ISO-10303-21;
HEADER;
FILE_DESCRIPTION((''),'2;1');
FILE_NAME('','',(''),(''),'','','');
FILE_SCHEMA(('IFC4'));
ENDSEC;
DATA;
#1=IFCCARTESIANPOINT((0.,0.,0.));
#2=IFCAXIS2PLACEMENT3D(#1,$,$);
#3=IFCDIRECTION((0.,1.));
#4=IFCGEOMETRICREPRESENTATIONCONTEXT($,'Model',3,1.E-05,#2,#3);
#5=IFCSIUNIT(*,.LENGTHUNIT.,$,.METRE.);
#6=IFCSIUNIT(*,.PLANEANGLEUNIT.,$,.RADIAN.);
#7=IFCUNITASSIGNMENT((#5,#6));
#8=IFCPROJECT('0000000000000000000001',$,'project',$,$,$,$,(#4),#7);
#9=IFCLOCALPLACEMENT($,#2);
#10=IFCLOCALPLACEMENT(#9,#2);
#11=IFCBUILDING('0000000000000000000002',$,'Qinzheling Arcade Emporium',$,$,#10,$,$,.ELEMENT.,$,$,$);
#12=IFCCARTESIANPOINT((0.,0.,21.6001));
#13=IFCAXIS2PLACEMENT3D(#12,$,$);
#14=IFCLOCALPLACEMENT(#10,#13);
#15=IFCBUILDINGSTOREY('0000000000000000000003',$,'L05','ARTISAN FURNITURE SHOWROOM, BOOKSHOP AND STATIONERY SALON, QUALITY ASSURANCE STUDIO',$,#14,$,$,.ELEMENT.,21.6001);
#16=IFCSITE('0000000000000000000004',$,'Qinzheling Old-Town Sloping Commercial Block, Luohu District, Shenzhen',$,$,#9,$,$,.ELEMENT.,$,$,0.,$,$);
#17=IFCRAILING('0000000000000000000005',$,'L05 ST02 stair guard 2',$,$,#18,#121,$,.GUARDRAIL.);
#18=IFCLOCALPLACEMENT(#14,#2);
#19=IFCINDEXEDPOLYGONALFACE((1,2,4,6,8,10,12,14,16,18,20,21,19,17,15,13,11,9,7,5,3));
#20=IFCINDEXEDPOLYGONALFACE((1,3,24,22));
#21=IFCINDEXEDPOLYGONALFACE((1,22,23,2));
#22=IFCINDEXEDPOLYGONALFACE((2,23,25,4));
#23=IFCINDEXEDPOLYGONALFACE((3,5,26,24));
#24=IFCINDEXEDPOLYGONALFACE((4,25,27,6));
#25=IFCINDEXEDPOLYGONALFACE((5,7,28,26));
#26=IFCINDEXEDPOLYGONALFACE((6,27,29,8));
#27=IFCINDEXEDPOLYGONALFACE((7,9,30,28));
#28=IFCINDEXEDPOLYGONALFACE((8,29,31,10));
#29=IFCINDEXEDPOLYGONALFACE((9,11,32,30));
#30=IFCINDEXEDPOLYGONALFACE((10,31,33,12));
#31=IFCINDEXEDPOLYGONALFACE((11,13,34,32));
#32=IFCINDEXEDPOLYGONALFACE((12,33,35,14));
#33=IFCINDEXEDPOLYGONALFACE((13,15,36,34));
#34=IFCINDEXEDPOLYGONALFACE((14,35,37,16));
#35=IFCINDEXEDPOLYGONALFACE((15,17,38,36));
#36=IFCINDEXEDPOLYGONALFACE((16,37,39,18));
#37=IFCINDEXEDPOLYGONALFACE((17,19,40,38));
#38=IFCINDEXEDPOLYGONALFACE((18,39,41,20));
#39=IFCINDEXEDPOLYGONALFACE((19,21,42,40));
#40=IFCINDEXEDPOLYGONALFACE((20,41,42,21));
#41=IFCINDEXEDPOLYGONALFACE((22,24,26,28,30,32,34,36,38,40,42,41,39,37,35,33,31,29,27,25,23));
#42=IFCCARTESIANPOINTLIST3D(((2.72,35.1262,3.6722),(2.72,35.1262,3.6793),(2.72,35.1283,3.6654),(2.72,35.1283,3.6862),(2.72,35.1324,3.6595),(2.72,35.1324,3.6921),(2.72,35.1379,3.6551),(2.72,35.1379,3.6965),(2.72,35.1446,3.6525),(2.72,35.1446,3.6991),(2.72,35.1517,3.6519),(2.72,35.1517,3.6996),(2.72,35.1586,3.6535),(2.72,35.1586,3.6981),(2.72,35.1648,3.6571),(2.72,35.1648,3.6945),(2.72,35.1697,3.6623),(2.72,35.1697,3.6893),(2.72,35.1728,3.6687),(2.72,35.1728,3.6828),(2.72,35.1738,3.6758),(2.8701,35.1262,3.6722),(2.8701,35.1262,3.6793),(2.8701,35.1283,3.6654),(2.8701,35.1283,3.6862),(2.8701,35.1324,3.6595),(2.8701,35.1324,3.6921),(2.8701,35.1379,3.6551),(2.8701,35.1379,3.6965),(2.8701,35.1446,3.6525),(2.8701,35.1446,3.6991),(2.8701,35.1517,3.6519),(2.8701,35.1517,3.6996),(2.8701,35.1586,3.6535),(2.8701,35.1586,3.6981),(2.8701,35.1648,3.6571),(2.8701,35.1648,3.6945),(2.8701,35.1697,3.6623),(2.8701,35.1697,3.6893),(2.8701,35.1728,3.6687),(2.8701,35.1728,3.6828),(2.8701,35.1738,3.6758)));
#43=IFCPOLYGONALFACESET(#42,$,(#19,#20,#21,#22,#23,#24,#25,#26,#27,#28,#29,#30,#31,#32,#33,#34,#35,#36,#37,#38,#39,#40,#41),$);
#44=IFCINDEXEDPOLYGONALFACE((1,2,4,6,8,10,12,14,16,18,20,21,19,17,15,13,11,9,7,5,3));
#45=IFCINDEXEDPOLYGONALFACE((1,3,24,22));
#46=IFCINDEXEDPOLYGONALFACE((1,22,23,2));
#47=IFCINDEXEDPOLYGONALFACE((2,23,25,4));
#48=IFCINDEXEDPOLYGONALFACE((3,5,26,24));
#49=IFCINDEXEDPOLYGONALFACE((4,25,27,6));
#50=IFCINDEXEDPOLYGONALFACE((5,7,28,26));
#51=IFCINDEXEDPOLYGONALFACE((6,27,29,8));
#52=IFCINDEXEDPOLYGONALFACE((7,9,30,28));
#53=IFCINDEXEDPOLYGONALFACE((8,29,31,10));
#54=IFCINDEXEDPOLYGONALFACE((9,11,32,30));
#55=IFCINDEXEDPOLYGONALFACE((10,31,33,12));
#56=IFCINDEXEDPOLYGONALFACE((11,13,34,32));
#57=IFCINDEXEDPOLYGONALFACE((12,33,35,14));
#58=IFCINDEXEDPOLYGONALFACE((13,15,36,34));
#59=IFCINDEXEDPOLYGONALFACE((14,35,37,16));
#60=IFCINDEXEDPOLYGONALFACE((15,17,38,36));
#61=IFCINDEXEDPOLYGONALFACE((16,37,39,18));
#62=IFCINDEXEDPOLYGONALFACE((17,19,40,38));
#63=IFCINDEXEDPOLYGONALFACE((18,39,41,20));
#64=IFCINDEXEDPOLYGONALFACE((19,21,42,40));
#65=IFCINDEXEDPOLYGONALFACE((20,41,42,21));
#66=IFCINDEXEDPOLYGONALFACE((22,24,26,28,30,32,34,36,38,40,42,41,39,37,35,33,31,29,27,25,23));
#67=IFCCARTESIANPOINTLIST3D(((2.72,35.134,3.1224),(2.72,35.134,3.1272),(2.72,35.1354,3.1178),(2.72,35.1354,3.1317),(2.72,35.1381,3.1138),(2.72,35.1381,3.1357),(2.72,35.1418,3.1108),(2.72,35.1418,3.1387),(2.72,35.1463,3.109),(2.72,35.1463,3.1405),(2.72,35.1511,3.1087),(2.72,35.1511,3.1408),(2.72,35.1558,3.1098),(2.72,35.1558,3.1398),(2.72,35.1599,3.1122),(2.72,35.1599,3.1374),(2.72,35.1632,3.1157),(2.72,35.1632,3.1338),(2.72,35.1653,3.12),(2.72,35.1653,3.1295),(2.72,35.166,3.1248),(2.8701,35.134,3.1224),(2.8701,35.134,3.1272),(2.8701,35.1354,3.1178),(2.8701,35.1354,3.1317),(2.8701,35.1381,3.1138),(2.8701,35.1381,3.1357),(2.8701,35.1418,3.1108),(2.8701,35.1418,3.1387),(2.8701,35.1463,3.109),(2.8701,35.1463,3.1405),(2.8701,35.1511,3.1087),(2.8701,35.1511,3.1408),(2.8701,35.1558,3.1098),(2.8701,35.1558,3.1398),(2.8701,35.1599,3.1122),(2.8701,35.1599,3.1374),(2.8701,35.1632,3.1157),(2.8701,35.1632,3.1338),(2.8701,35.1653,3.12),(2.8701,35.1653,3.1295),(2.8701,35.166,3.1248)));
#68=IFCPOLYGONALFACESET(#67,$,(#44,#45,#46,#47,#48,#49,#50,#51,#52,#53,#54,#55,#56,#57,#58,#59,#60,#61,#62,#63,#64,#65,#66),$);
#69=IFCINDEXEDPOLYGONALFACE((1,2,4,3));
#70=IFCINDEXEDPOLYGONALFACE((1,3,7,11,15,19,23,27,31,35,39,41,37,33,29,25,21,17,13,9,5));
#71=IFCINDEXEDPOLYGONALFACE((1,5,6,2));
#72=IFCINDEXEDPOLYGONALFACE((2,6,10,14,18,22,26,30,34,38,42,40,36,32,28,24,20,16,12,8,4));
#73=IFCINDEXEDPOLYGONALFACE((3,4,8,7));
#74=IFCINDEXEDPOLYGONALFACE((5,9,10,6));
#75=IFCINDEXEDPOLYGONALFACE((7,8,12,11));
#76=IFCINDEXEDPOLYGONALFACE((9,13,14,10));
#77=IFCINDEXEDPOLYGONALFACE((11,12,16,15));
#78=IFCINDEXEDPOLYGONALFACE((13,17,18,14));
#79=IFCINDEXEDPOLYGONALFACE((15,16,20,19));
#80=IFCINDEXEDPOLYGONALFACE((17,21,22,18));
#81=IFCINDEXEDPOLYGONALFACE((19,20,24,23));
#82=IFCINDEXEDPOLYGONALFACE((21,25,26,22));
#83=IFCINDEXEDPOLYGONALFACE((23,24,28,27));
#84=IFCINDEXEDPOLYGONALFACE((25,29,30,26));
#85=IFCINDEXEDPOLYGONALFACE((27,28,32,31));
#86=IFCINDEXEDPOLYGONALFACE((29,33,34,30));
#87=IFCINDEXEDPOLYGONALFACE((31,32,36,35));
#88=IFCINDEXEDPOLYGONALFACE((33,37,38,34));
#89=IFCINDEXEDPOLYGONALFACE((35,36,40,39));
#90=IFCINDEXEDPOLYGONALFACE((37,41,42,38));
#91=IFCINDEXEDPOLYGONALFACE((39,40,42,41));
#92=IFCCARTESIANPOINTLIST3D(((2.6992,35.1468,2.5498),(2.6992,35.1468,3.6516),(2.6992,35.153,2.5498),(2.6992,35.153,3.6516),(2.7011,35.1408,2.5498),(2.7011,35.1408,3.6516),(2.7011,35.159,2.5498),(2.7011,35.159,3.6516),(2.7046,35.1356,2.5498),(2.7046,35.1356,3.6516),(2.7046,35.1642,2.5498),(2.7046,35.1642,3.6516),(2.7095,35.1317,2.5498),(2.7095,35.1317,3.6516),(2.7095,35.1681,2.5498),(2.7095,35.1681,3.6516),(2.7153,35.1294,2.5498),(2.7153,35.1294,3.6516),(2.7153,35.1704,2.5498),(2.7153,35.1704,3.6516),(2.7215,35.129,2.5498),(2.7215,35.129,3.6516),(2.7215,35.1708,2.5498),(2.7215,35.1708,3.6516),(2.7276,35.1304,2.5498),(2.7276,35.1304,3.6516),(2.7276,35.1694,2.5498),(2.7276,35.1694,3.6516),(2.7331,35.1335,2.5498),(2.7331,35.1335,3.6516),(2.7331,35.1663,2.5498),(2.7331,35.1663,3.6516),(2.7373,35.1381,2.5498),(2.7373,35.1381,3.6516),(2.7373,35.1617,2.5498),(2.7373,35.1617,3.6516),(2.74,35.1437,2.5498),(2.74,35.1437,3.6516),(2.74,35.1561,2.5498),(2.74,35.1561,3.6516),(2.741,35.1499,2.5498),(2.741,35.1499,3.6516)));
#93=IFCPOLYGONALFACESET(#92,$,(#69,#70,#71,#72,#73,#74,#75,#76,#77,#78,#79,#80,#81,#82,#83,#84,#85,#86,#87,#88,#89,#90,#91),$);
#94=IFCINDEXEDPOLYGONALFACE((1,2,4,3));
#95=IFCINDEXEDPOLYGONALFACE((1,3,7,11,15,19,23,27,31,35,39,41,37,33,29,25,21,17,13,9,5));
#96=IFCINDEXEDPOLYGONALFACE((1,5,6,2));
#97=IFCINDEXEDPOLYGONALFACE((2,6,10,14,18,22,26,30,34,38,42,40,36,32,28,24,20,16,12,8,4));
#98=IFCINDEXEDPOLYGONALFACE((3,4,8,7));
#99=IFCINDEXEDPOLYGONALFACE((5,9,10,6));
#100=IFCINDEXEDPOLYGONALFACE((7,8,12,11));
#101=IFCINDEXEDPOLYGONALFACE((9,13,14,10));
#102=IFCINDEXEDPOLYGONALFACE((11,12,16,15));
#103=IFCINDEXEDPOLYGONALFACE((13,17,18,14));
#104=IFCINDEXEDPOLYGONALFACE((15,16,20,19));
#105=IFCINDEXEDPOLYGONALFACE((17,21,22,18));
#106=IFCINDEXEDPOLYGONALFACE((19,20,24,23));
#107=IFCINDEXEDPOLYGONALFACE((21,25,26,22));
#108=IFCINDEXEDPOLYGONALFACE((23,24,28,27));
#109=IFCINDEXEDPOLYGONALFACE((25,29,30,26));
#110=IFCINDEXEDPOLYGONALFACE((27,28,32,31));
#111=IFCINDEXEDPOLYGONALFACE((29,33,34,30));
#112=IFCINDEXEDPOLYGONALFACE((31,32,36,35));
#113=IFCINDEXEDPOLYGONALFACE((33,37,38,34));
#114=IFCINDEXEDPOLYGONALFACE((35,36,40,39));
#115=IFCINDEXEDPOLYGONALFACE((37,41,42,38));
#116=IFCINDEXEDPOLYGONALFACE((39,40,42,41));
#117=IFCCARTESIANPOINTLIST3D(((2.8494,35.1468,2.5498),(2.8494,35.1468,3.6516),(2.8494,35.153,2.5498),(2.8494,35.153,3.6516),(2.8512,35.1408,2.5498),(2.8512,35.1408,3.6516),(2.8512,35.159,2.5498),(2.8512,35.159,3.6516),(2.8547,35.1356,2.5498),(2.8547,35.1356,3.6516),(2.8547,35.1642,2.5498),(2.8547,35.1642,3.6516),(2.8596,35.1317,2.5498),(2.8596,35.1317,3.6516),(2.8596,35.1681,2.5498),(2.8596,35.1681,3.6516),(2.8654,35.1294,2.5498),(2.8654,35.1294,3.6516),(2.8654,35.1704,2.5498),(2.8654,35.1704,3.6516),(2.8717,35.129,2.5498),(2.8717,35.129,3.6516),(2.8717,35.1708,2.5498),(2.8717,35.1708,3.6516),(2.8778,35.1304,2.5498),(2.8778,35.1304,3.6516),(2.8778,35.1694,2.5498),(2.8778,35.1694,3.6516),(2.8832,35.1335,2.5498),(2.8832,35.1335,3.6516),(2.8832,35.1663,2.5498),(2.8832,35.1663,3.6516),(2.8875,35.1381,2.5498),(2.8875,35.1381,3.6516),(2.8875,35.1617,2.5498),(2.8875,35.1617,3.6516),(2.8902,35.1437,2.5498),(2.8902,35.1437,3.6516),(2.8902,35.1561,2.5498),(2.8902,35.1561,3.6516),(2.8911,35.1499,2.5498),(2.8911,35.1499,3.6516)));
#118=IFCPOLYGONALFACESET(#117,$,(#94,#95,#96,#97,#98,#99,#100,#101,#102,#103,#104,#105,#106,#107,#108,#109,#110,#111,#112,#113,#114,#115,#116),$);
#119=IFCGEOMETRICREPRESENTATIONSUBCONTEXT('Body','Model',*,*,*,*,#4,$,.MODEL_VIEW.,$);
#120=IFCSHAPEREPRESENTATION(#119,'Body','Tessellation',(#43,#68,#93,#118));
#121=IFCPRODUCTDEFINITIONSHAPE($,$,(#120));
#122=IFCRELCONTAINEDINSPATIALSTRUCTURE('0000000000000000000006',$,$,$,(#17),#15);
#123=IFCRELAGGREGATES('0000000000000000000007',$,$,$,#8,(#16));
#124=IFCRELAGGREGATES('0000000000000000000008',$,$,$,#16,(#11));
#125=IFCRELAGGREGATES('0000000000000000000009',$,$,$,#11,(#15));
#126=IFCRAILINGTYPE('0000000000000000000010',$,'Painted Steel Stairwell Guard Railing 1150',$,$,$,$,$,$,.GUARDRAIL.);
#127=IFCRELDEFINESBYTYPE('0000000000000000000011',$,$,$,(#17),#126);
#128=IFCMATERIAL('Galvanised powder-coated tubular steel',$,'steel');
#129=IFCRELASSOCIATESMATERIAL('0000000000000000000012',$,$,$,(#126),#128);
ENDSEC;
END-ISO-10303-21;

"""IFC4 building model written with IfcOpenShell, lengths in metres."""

from ifc_helpers import new_model, si_unit, direction, frame, origin, origin_2d, place, context, subcontext, project, spatial, circle, extrude, material, type_object, element, save


model = new_model("IFC4")

# Units and contexts
model_context = context("Model", 3, precision=1e-05, world=origin(), true_north=direction((0.0, 1.0)))
body_context = subcontext(model_context, "Body", "Model", "MODEL_VIEW")
ifc_project = project(units=[si_unit("LENGTHUNIT", "METRE"), si_unit("PLANEANGLEUNIT", "RADIAN")], contexts=[model_context])

# Site, building, storey
site_placement = place(None, origin())
site = spatial("IfcSite", under=ifc_project, at=site_placement, Name="Qinzheling Old-Town Sloping Commercial Block, Luohu District, Shenzhen", CompositionType="ELEMENT", RefElevation=0.0)
building_placement = place(site_placement, origin())
building = spatial("IfcBuilding", under=site, at=building_placement, Name="Qinzheling Arcade Emporium", CompositionType="ELEMENT")
storey_placement = place(building_placement, frame((0.0, 0.0, 21.6001)))
storey = spatial("IfcBuildingStorey", under=building, at=storey_placement, Name="L05", Description="ARTISAN FURNITURE SHOWROOM, BOOKSHOP AND STATIONERY SALON, QUALITY ASSURANCE STUDIO", CompositionType="ELEMENT", Elevation=21.6001)

# Railing
ifc_material_1 = material(Name="Galvanised powder-coated tubular steel", Category="steel")
railing_type_1 = type_object("IfcRailingType", Name="Painted Steel Stairwell Guard Railing 1150", PredefinedType="GUARDRAIL", material=ifc_material_1)
railing_1_placement = place(storey_placement, frame((2.72, 35.1499, 2.5498)))
element("IfcRailing", 1, at=railing_1_placement, inside=storey, type_object=railing_type_1, Name="L05 ST02 stair guard 2", PredefinedType="GUARDRAIL", context=body_context, shape_type="SweptSolid", body=[
    extrude(circle(Radius=0.0239, at=origin_2d()), frame((0.0, 0.0, 1.126), z_axis=(1.0, 0.0, 0.0), x_axis=(0.0, 1.0, 0.0)), (0.0, 0.0, 1.0), 0.1501),
    extrude(circle(Radius=0.0161, at=origin_2d()), frame((0.0, 0.0, 0.575), z_axis=(1.0, 0.0, 0.0), x_axis=(0.0, 1.0, 0.0)), (0.0, 0.0, 1.0), 0.1501),
    extrude(circle(Radius=0.021, at=origin_2d()), origin(), (0.0, 0.0, 1.0), 1.1018),
    extrude(circle(Radius=0.021, at=origin_2d()), frame((0.1501, 0.0, 0.0)), (0.0, 0.0, 1.0), 1.1018),
])

save(model, "model.ifc")
